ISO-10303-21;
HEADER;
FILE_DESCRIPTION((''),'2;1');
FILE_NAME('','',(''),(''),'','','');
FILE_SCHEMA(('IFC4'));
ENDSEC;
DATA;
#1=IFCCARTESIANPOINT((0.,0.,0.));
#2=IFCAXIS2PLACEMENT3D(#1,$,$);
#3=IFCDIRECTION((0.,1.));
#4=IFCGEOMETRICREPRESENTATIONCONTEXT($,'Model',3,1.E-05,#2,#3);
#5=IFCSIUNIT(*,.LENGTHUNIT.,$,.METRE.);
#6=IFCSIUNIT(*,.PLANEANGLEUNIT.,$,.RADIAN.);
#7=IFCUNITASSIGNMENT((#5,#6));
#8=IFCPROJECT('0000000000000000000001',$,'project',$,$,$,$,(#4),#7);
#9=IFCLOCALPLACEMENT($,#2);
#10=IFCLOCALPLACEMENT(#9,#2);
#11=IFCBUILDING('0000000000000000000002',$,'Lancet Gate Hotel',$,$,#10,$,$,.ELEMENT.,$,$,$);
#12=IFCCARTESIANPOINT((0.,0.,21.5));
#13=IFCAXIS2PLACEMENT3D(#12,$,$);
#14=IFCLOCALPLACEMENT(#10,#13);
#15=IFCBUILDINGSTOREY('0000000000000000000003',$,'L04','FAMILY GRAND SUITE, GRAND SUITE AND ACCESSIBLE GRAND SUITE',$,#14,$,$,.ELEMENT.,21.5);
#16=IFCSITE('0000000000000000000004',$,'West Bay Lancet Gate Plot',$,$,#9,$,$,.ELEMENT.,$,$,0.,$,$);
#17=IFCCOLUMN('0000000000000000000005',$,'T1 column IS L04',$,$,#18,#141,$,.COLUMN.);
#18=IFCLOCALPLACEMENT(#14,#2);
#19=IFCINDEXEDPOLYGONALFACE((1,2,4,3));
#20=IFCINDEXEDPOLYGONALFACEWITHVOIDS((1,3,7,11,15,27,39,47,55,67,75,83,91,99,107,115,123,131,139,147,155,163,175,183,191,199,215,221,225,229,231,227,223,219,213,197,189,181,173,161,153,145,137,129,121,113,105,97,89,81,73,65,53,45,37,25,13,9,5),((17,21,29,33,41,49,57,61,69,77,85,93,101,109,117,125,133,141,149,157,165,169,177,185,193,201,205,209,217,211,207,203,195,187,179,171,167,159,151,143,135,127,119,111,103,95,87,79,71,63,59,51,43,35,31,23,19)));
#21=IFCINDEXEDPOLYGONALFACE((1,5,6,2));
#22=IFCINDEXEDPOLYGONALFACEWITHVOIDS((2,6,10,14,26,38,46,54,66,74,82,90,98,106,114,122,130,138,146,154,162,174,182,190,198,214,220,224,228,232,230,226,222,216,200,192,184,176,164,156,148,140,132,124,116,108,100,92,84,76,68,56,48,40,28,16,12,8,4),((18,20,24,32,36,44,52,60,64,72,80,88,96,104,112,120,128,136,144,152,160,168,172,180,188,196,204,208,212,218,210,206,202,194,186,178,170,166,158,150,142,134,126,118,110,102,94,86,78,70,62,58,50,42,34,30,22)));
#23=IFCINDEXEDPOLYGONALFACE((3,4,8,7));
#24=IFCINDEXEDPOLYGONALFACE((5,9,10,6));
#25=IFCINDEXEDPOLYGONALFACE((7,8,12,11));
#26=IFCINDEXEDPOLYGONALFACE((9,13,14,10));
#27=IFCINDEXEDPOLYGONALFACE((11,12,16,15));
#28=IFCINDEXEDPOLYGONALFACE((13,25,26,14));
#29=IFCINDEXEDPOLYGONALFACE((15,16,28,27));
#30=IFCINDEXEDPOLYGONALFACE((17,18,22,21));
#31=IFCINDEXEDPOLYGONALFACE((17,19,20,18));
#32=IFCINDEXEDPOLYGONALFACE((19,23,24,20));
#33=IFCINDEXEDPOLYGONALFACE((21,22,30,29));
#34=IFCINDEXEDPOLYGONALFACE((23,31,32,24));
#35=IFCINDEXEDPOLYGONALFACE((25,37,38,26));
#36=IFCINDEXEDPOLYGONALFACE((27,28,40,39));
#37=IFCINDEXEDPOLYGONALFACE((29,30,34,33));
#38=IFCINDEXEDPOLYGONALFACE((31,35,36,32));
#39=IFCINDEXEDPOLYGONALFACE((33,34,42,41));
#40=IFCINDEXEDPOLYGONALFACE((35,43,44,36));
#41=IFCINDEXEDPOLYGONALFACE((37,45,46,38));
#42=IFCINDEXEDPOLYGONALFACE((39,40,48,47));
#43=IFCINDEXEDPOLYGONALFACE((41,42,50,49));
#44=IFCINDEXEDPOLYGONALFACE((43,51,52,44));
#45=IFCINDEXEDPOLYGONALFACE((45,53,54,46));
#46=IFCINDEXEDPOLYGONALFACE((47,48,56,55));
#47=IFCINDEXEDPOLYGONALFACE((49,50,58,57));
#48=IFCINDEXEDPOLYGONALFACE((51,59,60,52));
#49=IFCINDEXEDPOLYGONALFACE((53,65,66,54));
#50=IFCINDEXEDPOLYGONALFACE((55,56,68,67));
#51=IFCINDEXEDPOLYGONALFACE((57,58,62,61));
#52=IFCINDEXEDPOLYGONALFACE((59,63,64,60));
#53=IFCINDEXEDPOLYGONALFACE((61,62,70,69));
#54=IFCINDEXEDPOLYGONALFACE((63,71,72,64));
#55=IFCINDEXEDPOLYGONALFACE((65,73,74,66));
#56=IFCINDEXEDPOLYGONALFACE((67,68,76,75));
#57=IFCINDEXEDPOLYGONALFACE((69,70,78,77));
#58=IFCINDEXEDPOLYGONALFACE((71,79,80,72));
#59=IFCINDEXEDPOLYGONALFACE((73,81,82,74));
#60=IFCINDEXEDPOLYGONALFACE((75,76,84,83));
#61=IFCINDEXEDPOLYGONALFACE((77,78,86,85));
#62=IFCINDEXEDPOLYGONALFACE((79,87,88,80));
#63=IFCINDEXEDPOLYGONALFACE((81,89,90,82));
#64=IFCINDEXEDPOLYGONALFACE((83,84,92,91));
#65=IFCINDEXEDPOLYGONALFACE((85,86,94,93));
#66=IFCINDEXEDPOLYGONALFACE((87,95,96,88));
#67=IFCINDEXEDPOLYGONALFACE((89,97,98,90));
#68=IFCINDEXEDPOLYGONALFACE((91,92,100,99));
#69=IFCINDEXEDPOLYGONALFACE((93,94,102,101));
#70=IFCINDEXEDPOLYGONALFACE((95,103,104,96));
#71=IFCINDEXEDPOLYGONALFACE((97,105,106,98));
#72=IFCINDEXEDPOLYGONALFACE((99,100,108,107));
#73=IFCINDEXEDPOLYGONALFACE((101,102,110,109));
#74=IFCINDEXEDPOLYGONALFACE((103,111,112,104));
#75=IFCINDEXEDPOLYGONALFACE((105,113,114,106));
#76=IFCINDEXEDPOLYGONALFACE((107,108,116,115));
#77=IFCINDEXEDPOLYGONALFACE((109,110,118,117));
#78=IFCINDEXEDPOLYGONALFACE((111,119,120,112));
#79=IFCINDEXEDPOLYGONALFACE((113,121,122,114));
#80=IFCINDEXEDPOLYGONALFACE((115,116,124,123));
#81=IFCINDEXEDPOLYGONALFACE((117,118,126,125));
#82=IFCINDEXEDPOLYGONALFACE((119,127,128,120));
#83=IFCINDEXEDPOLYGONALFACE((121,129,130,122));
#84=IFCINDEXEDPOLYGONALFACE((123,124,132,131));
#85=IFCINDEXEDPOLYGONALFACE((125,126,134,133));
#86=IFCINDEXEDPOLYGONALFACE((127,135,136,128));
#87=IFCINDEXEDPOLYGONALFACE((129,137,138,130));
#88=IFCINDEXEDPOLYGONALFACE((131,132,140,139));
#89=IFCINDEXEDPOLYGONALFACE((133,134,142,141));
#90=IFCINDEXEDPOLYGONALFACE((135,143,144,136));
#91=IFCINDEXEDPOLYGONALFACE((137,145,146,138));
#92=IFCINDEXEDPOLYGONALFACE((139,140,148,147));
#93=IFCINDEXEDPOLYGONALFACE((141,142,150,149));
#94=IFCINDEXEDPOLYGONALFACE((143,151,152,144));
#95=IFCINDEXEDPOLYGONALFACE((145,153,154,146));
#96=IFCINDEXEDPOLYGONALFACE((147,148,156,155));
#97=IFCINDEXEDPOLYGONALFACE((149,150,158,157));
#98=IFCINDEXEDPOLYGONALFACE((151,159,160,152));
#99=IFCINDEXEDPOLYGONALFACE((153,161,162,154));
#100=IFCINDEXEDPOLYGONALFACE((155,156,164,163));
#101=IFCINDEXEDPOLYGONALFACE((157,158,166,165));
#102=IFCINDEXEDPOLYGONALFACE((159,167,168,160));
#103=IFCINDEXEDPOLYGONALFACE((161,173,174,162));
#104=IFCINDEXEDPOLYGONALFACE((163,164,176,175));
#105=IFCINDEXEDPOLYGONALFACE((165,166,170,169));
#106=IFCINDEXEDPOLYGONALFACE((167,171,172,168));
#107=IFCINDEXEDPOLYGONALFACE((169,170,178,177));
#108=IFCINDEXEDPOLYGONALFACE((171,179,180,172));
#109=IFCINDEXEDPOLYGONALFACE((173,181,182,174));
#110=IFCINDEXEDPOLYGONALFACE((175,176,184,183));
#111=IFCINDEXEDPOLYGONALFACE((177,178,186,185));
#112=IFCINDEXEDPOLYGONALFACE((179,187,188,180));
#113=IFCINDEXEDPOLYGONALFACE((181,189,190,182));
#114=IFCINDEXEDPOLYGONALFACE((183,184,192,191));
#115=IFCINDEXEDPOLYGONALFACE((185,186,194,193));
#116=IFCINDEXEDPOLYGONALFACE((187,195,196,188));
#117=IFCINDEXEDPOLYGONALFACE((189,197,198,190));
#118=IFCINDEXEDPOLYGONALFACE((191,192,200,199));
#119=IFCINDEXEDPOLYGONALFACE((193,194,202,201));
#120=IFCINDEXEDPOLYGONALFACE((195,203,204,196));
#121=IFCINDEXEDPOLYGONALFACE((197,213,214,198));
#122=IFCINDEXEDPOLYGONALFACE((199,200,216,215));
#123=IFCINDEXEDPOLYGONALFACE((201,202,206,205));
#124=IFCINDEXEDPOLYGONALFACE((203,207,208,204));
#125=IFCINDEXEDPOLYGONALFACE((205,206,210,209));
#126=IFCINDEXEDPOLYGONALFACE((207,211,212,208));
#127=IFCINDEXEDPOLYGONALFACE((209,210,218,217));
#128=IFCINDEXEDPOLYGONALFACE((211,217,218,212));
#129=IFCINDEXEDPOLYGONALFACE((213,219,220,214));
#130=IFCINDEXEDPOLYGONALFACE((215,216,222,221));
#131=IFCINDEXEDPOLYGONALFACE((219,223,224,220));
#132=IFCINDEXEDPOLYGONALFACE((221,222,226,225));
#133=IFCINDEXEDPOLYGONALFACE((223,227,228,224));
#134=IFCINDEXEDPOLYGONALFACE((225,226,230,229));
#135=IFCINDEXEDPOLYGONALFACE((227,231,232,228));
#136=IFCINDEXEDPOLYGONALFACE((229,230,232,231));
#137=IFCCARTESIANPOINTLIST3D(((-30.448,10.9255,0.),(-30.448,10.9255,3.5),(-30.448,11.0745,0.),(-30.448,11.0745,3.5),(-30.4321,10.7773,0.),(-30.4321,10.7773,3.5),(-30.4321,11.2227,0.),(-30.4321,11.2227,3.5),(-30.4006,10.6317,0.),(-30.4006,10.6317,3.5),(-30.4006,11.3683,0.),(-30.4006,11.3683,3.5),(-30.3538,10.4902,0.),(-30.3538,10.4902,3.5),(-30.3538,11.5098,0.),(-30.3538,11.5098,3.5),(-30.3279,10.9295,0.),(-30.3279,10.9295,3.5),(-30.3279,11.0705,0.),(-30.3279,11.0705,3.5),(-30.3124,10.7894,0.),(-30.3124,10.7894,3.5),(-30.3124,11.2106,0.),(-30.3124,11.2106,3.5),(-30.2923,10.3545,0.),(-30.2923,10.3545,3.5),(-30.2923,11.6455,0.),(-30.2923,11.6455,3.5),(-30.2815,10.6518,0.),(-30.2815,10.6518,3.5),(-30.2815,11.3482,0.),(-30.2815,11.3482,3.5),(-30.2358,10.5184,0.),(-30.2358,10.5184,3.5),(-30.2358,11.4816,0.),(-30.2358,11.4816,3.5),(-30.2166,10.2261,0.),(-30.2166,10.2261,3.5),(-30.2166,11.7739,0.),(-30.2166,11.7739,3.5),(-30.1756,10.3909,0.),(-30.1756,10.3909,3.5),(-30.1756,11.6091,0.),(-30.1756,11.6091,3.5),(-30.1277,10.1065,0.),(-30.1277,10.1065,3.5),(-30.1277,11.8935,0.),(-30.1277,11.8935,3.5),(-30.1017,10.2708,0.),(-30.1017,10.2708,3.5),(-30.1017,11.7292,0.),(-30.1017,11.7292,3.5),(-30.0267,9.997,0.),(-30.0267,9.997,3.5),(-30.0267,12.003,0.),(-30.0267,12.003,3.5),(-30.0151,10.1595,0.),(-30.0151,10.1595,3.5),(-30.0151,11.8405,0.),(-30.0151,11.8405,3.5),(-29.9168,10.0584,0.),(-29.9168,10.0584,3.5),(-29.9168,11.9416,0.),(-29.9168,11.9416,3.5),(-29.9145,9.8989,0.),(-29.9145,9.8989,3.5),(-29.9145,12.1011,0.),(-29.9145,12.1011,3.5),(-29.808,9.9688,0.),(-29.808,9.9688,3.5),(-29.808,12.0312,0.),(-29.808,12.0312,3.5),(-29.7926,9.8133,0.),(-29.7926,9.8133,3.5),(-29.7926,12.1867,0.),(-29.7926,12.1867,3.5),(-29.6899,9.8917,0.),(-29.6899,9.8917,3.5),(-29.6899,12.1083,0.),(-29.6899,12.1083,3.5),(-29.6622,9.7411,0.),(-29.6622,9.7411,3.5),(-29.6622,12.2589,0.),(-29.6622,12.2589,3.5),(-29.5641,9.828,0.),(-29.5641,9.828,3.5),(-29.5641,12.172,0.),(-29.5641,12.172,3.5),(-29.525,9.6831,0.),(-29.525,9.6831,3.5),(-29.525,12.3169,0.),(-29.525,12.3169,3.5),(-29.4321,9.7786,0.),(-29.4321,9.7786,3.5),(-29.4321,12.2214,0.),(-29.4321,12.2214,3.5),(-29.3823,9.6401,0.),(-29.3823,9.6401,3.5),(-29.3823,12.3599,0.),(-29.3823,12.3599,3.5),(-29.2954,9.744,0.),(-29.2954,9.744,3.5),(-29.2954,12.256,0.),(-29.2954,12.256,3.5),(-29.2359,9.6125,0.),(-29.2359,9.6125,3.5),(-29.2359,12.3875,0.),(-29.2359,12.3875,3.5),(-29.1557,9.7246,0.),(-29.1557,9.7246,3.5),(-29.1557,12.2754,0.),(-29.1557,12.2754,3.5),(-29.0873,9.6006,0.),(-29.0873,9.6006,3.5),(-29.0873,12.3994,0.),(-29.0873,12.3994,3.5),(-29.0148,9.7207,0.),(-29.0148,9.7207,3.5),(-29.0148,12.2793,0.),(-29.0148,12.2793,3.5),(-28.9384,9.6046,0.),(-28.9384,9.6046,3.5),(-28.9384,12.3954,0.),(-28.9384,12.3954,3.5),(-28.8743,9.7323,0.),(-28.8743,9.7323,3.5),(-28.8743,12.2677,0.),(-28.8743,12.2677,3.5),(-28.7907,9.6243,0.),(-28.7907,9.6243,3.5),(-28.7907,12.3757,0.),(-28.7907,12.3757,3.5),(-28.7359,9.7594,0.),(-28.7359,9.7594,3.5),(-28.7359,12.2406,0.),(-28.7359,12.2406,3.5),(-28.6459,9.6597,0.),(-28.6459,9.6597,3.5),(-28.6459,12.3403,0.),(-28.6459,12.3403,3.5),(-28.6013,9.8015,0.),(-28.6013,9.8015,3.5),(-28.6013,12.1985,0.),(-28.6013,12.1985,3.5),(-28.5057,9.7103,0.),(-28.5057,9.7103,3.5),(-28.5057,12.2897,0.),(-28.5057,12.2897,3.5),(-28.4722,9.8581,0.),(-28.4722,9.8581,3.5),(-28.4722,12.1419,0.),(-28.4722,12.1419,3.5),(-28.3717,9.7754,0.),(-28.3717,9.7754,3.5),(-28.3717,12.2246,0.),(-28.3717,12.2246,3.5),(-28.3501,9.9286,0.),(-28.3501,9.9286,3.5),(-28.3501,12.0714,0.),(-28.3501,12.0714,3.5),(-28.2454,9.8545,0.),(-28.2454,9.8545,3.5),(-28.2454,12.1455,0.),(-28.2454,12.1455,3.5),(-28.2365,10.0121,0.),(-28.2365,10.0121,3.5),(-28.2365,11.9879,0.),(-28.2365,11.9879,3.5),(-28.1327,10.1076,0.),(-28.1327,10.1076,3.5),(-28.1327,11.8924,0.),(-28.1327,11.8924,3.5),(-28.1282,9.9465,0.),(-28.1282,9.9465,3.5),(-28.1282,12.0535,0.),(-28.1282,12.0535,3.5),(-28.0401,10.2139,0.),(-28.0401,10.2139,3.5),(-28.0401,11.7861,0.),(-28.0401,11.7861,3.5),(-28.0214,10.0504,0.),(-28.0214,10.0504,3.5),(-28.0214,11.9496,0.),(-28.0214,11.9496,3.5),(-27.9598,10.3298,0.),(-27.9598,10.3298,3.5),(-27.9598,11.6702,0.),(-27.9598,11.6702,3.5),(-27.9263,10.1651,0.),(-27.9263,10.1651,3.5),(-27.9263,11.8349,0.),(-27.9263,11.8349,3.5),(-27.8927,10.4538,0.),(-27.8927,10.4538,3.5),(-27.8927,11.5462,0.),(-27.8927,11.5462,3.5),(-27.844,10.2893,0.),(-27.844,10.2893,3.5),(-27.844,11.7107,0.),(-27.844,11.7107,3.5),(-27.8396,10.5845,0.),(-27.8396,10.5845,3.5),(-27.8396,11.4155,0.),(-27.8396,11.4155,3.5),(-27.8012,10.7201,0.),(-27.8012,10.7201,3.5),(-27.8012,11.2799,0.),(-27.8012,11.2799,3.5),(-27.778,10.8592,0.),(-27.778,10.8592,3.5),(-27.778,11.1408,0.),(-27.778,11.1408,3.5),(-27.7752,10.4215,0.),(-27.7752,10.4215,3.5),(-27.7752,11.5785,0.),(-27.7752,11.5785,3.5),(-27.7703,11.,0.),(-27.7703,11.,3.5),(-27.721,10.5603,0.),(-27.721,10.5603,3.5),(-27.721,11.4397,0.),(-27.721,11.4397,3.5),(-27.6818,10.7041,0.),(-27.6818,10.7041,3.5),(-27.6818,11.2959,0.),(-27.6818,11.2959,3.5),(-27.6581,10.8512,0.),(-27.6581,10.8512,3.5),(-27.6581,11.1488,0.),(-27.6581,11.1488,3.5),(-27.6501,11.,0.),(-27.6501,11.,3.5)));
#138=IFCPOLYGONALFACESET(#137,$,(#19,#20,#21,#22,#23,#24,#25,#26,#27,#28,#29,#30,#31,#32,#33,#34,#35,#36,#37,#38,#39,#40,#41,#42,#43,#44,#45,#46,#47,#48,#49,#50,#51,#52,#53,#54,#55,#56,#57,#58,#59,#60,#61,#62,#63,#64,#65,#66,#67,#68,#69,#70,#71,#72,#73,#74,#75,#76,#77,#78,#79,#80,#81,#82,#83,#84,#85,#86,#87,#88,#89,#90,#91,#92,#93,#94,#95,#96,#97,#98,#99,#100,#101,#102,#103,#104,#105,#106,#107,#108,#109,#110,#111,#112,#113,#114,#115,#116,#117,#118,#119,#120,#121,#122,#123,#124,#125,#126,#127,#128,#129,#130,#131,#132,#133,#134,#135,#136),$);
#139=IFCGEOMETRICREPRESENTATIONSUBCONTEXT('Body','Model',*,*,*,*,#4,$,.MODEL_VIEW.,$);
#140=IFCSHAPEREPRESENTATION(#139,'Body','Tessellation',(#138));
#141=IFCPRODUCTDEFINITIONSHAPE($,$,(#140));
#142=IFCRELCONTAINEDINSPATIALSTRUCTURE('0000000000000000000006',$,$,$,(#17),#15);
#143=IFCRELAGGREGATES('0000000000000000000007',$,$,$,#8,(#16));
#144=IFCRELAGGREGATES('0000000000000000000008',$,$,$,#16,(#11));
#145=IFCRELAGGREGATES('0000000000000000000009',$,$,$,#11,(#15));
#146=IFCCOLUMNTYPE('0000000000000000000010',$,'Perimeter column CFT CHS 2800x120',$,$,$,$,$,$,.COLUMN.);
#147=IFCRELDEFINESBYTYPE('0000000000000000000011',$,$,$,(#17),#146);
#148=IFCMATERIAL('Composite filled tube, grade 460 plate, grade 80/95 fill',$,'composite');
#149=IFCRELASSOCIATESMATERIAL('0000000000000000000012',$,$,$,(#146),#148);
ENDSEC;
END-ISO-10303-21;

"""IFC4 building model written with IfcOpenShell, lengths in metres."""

from ifc_helpers import new_model, si_unit, direction, frame, origin, origin_2d, place, context, subcontext, project, spatial, hollow_circle, extrude, material, material_profile, profile_set, type_object, element, save


model = new_model("IFC4")

# Units and contexts
model_context = context("Model", 3, precision=1e-05, world=origin(), true_north=direction((0.0, 1.0)))
body_context = subcontext(model_context, "Body", "Model", "MODEL_VIEW")
ifc_project = project(units=[si_unit("LENGTHUNIT", "METRE"), si_unit("PLANEANGLEUNIT", "RADIAN")], contexts=[model_context])

# Site, building, storey
site_placement = place(None, origin())
site = spatial("IfcSite", under=ifc_project, at=site_placement, Name="West Bay Lancet Gate Plot", CompositionType="ELEMENT", RefElevation=0.0)
building_placement = place(site_placement, origin())
building = spatial("IfcBuilding", under=site, at=building_placement, Name="Lancet Gate Hotel", CompositionType="ELEMENT")
storey_placement = place(building_placement, frame((0.0, 0.0, 21.5)))
storey = spatial("IfcBuildingStorey", under=building, at=storey_placement, Name="L04", Description="FAMILY GRAND SUITE, GRAND SUITE AND ACCESSIBLE GRAND SUITE", CompositionType="ELEMENT", Elevation=21.5)

# Column
ifc_material_1 = material(Name="Composite filled tube, grade 460 plate, grade 80/95 fill", Category="composite")
ifc_material_profile_1 = material_profile(ifc_material_1, hollow_circle(Radius=1.3999, WallThickness=0.1201, at=origin_2d()), Name="CHS 2800x120")
ifc_profile_set_1 = profile_set([ifc_material_profile_1], Name="Composite filled tube, grade 460 plate, grade 80/95 fill")
column_type = type_object("IfcColumnType", Name="Perimeter column CFT CHS 2800x120", PredefinedType="COLUMN", material=ifc_profile_set_1)
for number, where, z_axis, x_axis, name in (
    (1, (-29.05, 11.0, 0.0), (0.0, 0.0, 1.0), (1.0, 0.0, 0.0), "T1 column IS L04"),
):
    element("IfcColumn", number, at=place(storey_placement, frame(where, z_axis=z_axis, x_axis=x_axis)), inside=storey, type_object=column_type, Name=name, PredefinedType="COLUMN", context=body_context, shape_type="SweptSolid", body=[
        extrude(hollow_circle(Radius=1.3999, WallThickness=0.1201, at=origin_2d()), origin(), (0.0, 0.0, 1.0), 3.5),
    ])

save(model, "model.ifc")
